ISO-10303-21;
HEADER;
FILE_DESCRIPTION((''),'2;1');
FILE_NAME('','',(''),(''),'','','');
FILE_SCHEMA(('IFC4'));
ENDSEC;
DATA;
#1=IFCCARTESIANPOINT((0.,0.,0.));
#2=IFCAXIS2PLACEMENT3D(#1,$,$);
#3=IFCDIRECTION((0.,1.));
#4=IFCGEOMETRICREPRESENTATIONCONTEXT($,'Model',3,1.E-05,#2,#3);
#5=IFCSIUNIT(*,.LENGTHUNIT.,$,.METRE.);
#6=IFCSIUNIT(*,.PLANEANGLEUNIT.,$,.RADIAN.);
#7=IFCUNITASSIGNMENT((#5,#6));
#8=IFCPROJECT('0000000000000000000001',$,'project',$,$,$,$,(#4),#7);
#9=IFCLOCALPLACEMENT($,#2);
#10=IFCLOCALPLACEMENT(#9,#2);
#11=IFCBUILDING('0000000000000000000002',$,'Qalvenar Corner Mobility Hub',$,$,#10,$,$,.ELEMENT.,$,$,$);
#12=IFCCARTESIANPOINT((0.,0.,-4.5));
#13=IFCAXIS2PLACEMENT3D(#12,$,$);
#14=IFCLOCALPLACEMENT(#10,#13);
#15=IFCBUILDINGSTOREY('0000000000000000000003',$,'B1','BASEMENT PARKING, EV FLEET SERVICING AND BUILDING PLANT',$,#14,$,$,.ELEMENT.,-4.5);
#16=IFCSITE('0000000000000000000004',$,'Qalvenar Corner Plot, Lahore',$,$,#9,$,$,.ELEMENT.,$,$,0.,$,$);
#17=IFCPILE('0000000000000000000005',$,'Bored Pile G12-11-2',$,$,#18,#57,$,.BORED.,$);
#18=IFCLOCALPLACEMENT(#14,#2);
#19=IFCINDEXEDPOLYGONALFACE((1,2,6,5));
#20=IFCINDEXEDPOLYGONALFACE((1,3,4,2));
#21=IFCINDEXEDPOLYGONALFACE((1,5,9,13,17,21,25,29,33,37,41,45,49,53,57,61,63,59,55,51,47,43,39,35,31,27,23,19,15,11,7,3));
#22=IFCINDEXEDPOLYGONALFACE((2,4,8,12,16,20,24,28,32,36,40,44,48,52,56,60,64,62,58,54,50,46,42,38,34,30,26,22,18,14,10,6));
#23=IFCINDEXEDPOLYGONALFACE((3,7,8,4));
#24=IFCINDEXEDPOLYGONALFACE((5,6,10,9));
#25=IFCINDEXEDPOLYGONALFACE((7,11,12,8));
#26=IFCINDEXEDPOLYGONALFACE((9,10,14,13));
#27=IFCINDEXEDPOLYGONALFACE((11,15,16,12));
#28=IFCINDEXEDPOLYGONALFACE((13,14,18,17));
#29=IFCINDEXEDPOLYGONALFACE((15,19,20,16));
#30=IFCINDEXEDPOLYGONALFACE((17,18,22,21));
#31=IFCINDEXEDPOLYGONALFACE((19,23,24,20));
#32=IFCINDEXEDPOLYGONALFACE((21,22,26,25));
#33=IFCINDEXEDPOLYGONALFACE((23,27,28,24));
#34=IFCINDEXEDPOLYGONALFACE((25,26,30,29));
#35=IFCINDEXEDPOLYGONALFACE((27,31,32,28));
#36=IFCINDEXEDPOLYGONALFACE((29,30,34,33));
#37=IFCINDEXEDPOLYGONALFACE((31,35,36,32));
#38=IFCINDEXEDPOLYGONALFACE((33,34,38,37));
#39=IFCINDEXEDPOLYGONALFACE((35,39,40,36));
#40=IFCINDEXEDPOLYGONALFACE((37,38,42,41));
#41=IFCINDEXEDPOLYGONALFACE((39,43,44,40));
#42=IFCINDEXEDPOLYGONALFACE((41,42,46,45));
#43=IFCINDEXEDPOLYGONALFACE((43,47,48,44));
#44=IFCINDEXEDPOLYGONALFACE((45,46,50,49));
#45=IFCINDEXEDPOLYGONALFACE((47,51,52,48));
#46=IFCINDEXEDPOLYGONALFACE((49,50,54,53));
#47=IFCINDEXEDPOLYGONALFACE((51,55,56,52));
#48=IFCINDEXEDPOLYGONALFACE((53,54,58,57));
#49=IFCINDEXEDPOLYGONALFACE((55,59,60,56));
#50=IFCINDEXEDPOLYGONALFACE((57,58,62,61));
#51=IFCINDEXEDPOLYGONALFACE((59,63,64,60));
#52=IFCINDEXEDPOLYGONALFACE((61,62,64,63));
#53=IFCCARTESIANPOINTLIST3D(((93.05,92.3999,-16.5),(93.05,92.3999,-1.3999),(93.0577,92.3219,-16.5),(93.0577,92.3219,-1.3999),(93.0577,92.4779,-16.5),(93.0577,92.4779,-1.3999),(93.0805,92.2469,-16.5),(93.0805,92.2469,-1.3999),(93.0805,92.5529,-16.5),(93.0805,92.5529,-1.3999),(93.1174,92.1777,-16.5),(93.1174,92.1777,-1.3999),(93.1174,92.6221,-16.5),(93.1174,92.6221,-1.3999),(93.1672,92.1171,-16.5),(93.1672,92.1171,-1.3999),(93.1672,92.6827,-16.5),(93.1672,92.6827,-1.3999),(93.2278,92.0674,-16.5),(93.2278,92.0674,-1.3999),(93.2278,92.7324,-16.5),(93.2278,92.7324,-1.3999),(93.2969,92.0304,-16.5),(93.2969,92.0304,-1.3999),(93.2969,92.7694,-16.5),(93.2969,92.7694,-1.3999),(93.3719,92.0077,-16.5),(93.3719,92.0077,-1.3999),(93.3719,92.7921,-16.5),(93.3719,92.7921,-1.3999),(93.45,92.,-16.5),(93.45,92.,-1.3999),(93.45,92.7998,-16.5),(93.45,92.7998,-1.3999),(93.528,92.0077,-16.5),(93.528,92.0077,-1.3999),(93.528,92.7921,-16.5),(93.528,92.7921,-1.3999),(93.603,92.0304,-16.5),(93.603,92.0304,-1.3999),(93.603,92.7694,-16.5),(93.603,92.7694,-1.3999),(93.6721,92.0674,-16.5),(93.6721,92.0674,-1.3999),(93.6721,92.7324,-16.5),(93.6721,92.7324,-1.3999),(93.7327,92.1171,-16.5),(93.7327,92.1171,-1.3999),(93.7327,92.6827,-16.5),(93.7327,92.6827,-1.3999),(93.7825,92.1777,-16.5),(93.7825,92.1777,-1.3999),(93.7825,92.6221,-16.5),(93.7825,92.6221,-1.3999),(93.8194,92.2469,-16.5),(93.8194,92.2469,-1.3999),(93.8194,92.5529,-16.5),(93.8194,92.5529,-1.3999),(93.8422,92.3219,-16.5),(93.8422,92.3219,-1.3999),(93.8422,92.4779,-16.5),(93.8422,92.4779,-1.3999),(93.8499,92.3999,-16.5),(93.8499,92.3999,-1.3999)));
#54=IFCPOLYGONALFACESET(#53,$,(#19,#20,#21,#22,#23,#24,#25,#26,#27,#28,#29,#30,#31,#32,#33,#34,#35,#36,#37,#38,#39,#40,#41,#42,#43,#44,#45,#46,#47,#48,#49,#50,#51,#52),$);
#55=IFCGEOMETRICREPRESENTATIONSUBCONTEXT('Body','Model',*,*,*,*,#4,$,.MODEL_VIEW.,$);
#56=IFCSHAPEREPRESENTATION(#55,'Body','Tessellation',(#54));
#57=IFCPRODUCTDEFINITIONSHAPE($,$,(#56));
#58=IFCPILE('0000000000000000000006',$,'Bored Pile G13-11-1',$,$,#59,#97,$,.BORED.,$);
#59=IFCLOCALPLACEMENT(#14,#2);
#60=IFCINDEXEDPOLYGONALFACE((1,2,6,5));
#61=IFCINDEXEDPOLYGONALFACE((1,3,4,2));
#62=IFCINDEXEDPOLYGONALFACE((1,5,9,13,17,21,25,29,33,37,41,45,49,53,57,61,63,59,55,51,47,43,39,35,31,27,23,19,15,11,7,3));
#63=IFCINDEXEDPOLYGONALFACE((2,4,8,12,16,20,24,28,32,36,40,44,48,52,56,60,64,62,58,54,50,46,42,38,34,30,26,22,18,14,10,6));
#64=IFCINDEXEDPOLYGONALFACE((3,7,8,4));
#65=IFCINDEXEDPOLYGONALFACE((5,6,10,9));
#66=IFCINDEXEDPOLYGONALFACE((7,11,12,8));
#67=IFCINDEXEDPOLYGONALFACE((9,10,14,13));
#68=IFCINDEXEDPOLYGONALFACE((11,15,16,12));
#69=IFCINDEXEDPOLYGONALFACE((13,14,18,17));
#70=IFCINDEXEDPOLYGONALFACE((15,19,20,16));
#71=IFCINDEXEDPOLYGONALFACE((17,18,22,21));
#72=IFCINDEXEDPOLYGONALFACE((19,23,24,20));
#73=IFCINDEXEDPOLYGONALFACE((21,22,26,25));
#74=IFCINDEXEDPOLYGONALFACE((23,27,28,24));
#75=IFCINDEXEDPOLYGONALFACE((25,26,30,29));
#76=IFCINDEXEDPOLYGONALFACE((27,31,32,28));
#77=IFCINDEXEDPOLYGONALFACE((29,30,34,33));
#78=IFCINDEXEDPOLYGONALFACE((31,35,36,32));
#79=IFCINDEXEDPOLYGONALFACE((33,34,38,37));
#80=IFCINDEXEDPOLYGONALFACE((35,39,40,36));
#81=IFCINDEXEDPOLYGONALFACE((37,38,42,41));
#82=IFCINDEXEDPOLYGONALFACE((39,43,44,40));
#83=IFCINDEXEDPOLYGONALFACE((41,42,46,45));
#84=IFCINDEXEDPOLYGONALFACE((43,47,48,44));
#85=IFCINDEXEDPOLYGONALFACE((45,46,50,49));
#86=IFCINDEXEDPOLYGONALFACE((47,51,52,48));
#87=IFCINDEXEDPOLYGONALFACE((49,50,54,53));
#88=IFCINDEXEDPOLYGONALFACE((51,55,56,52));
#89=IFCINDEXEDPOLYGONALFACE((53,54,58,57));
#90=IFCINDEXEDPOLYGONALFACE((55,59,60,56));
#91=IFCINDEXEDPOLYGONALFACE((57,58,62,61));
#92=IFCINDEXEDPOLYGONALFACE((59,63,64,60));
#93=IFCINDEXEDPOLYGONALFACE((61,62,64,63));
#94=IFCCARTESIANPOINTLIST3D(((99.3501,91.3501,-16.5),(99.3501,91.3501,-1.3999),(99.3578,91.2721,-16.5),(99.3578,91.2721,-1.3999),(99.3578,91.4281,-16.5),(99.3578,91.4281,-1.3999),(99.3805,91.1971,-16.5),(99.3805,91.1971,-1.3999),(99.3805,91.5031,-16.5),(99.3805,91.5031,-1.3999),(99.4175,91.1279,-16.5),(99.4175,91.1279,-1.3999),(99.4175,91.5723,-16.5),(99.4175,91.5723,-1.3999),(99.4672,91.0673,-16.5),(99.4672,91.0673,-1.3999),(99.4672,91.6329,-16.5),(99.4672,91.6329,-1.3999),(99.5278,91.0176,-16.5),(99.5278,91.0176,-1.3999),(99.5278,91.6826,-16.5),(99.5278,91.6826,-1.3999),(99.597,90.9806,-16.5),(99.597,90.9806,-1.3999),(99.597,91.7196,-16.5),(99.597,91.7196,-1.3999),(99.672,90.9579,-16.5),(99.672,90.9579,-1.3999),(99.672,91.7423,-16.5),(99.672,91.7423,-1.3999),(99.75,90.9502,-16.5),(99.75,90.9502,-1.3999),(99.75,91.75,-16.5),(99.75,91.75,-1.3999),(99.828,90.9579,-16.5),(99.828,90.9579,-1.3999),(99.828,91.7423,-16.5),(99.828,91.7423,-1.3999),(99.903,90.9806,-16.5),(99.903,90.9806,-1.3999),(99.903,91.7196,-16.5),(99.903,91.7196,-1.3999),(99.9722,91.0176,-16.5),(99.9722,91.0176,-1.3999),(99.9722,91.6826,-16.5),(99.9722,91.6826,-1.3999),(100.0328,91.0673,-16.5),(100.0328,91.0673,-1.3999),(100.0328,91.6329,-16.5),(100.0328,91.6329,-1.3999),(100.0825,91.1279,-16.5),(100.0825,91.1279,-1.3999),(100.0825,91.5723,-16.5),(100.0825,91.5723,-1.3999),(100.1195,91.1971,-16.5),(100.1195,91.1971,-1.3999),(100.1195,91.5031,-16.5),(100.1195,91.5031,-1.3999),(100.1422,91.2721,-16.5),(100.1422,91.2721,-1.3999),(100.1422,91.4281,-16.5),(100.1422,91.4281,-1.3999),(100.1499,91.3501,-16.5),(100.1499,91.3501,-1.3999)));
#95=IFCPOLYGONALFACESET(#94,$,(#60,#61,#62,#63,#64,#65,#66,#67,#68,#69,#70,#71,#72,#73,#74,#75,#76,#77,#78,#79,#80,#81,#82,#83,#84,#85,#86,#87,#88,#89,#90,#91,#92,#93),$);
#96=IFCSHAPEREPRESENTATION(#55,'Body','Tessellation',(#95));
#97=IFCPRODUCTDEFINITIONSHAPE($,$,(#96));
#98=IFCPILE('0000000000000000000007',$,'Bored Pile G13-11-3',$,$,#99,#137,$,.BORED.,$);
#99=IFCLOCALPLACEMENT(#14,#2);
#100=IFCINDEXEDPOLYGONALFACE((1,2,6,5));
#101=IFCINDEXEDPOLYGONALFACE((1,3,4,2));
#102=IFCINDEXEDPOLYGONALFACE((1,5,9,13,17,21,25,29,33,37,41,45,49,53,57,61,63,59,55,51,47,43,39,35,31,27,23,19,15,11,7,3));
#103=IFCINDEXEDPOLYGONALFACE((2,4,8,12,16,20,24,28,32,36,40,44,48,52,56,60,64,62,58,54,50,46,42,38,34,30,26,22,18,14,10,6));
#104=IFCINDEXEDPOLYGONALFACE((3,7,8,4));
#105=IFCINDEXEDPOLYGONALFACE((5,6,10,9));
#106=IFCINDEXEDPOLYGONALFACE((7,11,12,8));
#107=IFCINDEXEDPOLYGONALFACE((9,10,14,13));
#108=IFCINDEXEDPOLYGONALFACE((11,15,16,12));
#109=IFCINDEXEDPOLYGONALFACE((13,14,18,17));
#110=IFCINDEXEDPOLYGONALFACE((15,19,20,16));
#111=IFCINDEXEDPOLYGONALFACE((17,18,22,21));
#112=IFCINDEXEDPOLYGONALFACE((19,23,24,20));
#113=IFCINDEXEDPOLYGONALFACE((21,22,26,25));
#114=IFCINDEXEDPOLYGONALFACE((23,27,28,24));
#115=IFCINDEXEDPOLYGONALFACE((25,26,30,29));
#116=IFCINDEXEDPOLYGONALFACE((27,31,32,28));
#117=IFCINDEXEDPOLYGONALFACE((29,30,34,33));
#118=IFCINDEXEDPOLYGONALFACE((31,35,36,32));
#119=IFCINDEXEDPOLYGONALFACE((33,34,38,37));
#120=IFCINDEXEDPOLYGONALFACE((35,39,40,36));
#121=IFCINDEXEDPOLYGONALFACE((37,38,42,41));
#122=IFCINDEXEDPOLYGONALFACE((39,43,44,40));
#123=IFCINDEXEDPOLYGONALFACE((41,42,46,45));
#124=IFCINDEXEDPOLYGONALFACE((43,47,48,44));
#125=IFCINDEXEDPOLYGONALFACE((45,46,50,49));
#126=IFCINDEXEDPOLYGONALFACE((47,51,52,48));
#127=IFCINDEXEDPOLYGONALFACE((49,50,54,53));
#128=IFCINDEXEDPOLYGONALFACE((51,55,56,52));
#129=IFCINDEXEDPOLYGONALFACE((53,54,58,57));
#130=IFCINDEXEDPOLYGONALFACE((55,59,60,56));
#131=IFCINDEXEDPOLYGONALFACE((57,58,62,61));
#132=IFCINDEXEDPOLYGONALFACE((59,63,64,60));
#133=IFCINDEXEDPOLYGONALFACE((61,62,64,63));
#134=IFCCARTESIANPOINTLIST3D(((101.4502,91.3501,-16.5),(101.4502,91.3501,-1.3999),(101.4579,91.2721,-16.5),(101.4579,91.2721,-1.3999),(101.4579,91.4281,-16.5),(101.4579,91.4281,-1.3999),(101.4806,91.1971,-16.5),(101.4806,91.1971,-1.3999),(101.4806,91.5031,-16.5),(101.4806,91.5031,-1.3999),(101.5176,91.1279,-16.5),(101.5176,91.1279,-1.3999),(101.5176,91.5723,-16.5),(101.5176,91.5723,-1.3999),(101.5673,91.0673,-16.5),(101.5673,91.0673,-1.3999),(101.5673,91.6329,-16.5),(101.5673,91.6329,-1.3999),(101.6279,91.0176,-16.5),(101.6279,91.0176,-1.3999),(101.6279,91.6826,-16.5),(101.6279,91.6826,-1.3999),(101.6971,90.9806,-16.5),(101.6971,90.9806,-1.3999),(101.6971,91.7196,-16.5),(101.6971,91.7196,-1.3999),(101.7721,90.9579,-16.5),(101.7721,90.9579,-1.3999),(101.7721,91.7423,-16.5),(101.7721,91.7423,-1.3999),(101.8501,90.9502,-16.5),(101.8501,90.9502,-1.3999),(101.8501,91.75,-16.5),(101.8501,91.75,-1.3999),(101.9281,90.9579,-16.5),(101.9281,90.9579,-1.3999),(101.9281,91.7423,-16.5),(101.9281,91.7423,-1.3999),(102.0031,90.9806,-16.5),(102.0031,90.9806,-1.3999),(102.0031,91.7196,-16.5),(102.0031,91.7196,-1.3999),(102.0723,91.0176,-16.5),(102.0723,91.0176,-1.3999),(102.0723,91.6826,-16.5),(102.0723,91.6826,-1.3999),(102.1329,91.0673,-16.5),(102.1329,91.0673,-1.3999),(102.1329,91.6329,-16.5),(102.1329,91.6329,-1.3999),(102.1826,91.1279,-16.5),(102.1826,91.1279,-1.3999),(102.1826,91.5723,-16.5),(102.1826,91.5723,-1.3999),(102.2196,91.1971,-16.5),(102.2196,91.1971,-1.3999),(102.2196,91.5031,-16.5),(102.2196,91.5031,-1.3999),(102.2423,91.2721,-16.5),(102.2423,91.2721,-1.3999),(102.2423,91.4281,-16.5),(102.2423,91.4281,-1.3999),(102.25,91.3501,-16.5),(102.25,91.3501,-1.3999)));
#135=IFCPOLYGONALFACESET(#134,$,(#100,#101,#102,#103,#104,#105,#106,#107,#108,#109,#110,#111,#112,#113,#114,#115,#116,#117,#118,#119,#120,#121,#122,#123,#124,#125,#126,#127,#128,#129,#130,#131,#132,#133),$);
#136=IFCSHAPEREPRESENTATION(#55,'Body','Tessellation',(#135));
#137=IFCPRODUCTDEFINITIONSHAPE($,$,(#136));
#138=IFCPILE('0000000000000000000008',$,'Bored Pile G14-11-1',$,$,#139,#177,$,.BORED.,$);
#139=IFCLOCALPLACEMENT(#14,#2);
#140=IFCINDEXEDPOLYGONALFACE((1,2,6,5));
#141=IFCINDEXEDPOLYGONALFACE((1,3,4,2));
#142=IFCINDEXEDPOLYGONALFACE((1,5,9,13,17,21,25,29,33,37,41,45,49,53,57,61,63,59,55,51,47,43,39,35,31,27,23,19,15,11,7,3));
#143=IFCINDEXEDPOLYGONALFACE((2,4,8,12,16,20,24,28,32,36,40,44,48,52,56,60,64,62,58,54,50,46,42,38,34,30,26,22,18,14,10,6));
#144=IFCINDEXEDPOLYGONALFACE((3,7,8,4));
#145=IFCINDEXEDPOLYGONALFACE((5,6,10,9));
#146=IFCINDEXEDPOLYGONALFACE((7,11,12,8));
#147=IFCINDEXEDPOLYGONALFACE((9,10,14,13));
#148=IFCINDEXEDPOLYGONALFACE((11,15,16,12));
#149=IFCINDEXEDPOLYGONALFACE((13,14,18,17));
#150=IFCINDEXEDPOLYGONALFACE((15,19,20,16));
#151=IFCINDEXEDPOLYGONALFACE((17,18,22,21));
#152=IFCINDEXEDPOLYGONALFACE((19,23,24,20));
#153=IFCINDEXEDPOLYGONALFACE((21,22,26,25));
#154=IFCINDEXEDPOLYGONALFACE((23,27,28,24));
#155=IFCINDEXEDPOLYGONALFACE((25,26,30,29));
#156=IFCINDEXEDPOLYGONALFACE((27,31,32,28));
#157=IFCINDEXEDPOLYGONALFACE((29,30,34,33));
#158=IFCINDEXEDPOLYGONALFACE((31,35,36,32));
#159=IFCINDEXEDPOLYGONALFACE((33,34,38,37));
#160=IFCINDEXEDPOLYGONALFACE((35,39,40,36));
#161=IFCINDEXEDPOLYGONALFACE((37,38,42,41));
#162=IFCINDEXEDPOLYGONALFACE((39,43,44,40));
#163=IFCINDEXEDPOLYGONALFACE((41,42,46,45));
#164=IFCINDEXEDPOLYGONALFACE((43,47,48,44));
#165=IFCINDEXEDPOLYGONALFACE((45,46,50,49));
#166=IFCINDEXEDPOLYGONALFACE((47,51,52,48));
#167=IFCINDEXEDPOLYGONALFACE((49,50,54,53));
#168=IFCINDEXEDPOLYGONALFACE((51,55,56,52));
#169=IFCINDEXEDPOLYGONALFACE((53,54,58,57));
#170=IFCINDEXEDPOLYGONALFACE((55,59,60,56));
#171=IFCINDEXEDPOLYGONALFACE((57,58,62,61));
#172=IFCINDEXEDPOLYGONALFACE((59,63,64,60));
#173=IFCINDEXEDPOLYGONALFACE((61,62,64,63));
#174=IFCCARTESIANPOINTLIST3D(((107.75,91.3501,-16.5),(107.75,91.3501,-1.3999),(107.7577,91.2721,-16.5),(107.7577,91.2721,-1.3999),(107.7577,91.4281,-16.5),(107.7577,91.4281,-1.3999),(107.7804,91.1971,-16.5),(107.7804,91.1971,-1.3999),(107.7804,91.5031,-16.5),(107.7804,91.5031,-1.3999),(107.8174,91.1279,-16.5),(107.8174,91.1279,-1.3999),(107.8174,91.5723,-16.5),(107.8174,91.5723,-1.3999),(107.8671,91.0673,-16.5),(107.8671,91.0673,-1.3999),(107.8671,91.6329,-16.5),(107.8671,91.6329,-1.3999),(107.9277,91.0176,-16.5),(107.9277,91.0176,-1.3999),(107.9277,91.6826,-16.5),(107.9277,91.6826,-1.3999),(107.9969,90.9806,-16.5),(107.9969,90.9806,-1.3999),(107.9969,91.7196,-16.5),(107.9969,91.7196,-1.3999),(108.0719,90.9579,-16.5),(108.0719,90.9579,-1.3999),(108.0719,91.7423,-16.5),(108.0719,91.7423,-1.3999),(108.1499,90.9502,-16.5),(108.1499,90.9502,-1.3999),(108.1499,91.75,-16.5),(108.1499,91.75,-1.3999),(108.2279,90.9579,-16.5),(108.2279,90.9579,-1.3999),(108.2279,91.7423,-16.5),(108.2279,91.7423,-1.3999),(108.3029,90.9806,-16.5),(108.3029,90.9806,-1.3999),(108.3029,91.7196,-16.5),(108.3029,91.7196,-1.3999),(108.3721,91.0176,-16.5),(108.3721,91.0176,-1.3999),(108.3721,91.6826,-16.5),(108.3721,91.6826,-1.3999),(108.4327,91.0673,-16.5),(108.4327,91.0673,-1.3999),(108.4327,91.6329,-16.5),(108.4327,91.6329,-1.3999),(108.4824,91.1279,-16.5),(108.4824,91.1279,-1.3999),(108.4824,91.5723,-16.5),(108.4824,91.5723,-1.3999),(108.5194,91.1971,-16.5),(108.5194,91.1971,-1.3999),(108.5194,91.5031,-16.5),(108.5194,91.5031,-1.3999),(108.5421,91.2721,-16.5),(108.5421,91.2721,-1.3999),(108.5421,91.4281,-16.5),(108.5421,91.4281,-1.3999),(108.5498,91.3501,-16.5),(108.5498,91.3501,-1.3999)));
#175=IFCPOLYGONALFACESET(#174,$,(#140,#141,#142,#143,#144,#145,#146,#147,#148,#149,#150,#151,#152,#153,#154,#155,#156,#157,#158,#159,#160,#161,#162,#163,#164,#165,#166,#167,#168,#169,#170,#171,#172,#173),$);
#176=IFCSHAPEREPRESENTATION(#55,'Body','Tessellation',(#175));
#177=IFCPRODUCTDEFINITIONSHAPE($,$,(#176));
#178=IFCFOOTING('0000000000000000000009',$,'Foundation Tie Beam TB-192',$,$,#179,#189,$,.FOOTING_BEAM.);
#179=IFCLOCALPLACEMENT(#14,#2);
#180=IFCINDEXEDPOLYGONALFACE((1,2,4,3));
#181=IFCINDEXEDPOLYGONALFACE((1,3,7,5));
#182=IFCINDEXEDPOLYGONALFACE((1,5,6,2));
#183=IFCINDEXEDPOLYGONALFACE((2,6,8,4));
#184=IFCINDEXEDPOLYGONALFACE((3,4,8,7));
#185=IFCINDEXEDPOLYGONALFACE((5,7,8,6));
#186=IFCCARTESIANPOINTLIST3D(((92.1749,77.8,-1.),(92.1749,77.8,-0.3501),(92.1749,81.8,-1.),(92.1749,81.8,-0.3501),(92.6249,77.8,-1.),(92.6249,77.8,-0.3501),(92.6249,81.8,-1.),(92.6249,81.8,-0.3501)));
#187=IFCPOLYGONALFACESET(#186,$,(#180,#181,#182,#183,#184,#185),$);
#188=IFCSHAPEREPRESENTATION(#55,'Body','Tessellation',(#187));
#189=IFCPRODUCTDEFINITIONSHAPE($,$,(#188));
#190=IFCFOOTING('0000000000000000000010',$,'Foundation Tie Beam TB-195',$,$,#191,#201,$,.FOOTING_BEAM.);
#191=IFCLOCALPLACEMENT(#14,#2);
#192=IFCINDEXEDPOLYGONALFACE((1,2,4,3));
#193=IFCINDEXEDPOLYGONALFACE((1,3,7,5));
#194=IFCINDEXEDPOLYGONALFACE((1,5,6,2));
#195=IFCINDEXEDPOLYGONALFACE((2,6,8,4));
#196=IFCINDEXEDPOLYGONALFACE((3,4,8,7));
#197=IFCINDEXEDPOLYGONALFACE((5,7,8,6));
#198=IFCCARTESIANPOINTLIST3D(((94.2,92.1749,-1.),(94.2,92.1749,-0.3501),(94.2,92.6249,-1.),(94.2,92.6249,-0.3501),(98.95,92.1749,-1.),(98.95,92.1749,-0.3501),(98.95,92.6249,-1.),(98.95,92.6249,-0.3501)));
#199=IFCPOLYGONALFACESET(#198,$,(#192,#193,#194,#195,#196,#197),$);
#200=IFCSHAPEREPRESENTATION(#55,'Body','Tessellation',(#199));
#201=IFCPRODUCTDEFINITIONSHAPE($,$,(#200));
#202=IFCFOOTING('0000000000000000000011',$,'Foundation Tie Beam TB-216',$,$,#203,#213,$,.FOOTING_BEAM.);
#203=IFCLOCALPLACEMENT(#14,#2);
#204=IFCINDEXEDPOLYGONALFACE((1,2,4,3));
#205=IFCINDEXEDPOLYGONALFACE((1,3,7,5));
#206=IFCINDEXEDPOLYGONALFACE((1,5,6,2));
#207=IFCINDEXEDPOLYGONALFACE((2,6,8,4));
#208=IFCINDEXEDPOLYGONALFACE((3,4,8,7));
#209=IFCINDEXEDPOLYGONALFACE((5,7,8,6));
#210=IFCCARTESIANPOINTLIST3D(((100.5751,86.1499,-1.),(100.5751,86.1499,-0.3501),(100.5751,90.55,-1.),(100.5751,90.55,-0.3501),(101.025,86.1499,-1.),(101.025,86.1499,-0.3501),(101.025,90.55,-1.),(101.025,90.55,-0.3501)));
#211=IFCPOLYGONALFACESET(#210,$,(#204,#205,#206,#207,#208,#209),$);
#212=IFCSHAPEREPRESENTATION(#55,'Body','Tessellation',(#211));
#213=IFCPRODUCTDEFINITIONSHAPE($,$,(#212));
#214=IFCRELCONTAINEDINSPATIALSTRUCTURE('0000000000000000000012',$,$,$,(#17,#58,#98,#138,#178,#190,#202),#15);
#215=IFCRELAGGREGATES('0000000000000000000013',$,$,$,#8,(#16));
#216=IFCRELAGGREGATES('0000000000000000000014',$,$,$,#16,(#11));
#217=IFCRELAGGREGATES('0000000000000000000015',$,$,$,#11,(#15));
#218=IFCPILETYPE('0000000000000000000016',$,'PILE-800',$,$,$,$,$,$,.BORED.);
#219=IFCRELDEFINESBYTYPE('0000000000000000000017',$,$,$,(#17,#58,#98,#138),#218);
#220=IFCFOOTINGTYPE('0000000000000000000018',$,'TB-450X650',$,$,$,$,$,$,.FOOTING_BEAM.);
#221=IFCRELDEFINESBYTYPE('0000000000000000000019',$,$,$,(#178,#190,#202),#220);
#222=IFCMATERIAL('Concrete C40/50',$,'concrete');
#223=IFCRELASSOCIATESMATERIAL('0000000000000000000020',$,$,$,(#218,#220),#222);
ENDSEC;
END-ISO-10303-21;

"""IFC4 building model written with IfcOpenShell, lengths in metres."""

from ifc_helpers import new_model, si_unit, direction, frame, origin, origin_2d, place, context, subcontext, project, spatial, rectangle, circle, extrude, material, material_profile, profile_set, type_object, element, save


model = new_model("IFC4")

# Units and contexts
model_context = context("Model", 3, precision=1e-05, world=origin(), true_north=direction((0.0, 1.0)))
body_context = subcontext(model_context, "Body", "Model", "MODEL_VIEW")
ifc_project = project(units=[si_unit("LENGTHUNIT", "METRE"), si_unit("PLANEANGLEUNIT", "RADIAN")], contexts=[model_context])

# Site, building, storey
site_placement = place(None, origin())
site = spatial("IfcSite", under=ifc_project, at=site_placement, Name="Qalvenar Corner Plot, Lahore", CompositionType="ELEMENT", RefElevation=0.0)
building_placement = place(site_placement, origin())
building = spatial("IfcBuilding", under=site, at=building_placement, Name="Qalvenar Corner Mobility Hub", CompositionType="ELEMENT")
storey_placement = place(building_placement, frame((0.0, 0.0, -4.5)))
storey = spatial("IfcBuildingStorey", under=building, at=storey_placement, Name="B1", Description="BASEMENT PARKING, EV FLEET SERVICING AND BUILDING PLANT", CompositionType="ELEMENT", Elevation=-4.5)

# Shared definitions
ifc_material_1 = material(Name="Concrete C40/50", Category="concrete")

# Piles
ifc_material_profile_1 = material_profile(ifc_material_1, circle(Radius=0.3999, at=origin_2d()), Name="DIA800")
ifc_profile_set_1 = profile_set([ifc_material_profile_1], Name="Concrete C40/50")
pile_type_1 = type_object("IfcPileType", Name="PILE-800", PredefinedType="BORED", material=ifc_profile_set_1)
for number, where, z_axis, x_axis, name in (
    (1, (93.45, 92.3999, -1.3999), (0.0, 0.0, -1.0), (1.0, 0.0, 0.0), "Bored Pile G12-11-2"),
    (2, (99.75, 91.3501, -1.3999), (0.0, 0.0, -1.0), (1.0, 0.0, 0.0), "Bored Pile G13-11-1"),
    (3, (101.8501, 91.3501, -1.3999), (0.0, 0.0, -1.0), (1.0, 0.0, 0.0), "Bored Pile G13-11-3"),
    (4, (108.1499, 91.3501, -1.3999), (0.0, 0.0, -1.0), (1.0, 0.0, 0.0), "Bored Pile G14-11-1"),
):
    element("IfcPile", number, at=place(storey_placement, frame(where, z_axis=z_axis, x_axis=x_axis)), inside=storey, type_object=pile_type_1, Name=name, PredefinedType="BORED", context=body_context, shape_type="SweptSolid", body=[
        extrude(circle(Radius=0.3999, at=origin_2d()), origin(), (0.0, 0.0, 1.0), 15.1001),
    ])

# Footings
ifc_material_profile_2 = material_profile(ifc_material_1, rectangle(XDim=0.45, YDim=0.6499, at=origin_2d()), Name="RC450x650")
ifc_profile_set_2 = profile_set([ifc_material_profile_2], Name="Concrete C40/50")
footing_type_1 = type_object("IfcFootingType", Name="TB-450X650", PredefinedType="FOOTING_BEAM", material=ifc_profile_set_2)
footing_1_placement = place(storey_placement, frame((92.3999, 77.8, -0.675), z_axis=(0.0, 1.0, 0.0), x_axis=(-1.0, 0.0, 0.0)))
element("IfcFooting", 5, at=footing_1_placement, inside=storey, type_object=footing_type_1, Name="Foundation Tie Beam TB-192", PredefinedType="FOOTING_BEAM", context=body_context, shape_type="SweptSolid", body=[
    extrude(rectangle(XDim=0.45, YDim=0.6499, at=origin_2d()), origin(), (0.0, 0.0, 1.0), 4.0),
])
footing_2_placement = place(storey_placement, frame((94.2, 92.3999, -0.675), z_axis=(1.0, 0.0, 0.0), x_axis=(0.0, 1.0, 0.0)))
element("IfcFooting", 6, at=footing_2_placement, inside=storey, type_object=footing_type_1, Name="Foundation Tie Beam TB-195", PredefinedType="FOOTING_BEAM", context=body_context, shape_type="SweptSolid", body=[
    extrude(rectangle(XDim=0.45, YDim=0.6499, at=origin_2d()), origin(), (0.0, 0.0, 1.0), 4.75),
])
footing_3_placement = place(storey_placement, frame((100.8, 86.1499, -0.675), z_axis=(0.0, 1.0, 0.0), x_axis=(-1.0, 0.0, 0.0)))
element("IfcFooting", 7, at=footing_3_placement, inside=storey, type_object=footing_type_1, Name="Foundation Tie Beam TB-216", PredefinedType="FOOTING_BEAM", context=body_context, shape_type="SweptSolid", body=[
    extrude(rectangle(XDim=0.45, YDim=0.6499, at=origin_2d()), origin(), (0.0, 0.0, 1.0), 4.4001),
])

save(model, "model.ifc")
